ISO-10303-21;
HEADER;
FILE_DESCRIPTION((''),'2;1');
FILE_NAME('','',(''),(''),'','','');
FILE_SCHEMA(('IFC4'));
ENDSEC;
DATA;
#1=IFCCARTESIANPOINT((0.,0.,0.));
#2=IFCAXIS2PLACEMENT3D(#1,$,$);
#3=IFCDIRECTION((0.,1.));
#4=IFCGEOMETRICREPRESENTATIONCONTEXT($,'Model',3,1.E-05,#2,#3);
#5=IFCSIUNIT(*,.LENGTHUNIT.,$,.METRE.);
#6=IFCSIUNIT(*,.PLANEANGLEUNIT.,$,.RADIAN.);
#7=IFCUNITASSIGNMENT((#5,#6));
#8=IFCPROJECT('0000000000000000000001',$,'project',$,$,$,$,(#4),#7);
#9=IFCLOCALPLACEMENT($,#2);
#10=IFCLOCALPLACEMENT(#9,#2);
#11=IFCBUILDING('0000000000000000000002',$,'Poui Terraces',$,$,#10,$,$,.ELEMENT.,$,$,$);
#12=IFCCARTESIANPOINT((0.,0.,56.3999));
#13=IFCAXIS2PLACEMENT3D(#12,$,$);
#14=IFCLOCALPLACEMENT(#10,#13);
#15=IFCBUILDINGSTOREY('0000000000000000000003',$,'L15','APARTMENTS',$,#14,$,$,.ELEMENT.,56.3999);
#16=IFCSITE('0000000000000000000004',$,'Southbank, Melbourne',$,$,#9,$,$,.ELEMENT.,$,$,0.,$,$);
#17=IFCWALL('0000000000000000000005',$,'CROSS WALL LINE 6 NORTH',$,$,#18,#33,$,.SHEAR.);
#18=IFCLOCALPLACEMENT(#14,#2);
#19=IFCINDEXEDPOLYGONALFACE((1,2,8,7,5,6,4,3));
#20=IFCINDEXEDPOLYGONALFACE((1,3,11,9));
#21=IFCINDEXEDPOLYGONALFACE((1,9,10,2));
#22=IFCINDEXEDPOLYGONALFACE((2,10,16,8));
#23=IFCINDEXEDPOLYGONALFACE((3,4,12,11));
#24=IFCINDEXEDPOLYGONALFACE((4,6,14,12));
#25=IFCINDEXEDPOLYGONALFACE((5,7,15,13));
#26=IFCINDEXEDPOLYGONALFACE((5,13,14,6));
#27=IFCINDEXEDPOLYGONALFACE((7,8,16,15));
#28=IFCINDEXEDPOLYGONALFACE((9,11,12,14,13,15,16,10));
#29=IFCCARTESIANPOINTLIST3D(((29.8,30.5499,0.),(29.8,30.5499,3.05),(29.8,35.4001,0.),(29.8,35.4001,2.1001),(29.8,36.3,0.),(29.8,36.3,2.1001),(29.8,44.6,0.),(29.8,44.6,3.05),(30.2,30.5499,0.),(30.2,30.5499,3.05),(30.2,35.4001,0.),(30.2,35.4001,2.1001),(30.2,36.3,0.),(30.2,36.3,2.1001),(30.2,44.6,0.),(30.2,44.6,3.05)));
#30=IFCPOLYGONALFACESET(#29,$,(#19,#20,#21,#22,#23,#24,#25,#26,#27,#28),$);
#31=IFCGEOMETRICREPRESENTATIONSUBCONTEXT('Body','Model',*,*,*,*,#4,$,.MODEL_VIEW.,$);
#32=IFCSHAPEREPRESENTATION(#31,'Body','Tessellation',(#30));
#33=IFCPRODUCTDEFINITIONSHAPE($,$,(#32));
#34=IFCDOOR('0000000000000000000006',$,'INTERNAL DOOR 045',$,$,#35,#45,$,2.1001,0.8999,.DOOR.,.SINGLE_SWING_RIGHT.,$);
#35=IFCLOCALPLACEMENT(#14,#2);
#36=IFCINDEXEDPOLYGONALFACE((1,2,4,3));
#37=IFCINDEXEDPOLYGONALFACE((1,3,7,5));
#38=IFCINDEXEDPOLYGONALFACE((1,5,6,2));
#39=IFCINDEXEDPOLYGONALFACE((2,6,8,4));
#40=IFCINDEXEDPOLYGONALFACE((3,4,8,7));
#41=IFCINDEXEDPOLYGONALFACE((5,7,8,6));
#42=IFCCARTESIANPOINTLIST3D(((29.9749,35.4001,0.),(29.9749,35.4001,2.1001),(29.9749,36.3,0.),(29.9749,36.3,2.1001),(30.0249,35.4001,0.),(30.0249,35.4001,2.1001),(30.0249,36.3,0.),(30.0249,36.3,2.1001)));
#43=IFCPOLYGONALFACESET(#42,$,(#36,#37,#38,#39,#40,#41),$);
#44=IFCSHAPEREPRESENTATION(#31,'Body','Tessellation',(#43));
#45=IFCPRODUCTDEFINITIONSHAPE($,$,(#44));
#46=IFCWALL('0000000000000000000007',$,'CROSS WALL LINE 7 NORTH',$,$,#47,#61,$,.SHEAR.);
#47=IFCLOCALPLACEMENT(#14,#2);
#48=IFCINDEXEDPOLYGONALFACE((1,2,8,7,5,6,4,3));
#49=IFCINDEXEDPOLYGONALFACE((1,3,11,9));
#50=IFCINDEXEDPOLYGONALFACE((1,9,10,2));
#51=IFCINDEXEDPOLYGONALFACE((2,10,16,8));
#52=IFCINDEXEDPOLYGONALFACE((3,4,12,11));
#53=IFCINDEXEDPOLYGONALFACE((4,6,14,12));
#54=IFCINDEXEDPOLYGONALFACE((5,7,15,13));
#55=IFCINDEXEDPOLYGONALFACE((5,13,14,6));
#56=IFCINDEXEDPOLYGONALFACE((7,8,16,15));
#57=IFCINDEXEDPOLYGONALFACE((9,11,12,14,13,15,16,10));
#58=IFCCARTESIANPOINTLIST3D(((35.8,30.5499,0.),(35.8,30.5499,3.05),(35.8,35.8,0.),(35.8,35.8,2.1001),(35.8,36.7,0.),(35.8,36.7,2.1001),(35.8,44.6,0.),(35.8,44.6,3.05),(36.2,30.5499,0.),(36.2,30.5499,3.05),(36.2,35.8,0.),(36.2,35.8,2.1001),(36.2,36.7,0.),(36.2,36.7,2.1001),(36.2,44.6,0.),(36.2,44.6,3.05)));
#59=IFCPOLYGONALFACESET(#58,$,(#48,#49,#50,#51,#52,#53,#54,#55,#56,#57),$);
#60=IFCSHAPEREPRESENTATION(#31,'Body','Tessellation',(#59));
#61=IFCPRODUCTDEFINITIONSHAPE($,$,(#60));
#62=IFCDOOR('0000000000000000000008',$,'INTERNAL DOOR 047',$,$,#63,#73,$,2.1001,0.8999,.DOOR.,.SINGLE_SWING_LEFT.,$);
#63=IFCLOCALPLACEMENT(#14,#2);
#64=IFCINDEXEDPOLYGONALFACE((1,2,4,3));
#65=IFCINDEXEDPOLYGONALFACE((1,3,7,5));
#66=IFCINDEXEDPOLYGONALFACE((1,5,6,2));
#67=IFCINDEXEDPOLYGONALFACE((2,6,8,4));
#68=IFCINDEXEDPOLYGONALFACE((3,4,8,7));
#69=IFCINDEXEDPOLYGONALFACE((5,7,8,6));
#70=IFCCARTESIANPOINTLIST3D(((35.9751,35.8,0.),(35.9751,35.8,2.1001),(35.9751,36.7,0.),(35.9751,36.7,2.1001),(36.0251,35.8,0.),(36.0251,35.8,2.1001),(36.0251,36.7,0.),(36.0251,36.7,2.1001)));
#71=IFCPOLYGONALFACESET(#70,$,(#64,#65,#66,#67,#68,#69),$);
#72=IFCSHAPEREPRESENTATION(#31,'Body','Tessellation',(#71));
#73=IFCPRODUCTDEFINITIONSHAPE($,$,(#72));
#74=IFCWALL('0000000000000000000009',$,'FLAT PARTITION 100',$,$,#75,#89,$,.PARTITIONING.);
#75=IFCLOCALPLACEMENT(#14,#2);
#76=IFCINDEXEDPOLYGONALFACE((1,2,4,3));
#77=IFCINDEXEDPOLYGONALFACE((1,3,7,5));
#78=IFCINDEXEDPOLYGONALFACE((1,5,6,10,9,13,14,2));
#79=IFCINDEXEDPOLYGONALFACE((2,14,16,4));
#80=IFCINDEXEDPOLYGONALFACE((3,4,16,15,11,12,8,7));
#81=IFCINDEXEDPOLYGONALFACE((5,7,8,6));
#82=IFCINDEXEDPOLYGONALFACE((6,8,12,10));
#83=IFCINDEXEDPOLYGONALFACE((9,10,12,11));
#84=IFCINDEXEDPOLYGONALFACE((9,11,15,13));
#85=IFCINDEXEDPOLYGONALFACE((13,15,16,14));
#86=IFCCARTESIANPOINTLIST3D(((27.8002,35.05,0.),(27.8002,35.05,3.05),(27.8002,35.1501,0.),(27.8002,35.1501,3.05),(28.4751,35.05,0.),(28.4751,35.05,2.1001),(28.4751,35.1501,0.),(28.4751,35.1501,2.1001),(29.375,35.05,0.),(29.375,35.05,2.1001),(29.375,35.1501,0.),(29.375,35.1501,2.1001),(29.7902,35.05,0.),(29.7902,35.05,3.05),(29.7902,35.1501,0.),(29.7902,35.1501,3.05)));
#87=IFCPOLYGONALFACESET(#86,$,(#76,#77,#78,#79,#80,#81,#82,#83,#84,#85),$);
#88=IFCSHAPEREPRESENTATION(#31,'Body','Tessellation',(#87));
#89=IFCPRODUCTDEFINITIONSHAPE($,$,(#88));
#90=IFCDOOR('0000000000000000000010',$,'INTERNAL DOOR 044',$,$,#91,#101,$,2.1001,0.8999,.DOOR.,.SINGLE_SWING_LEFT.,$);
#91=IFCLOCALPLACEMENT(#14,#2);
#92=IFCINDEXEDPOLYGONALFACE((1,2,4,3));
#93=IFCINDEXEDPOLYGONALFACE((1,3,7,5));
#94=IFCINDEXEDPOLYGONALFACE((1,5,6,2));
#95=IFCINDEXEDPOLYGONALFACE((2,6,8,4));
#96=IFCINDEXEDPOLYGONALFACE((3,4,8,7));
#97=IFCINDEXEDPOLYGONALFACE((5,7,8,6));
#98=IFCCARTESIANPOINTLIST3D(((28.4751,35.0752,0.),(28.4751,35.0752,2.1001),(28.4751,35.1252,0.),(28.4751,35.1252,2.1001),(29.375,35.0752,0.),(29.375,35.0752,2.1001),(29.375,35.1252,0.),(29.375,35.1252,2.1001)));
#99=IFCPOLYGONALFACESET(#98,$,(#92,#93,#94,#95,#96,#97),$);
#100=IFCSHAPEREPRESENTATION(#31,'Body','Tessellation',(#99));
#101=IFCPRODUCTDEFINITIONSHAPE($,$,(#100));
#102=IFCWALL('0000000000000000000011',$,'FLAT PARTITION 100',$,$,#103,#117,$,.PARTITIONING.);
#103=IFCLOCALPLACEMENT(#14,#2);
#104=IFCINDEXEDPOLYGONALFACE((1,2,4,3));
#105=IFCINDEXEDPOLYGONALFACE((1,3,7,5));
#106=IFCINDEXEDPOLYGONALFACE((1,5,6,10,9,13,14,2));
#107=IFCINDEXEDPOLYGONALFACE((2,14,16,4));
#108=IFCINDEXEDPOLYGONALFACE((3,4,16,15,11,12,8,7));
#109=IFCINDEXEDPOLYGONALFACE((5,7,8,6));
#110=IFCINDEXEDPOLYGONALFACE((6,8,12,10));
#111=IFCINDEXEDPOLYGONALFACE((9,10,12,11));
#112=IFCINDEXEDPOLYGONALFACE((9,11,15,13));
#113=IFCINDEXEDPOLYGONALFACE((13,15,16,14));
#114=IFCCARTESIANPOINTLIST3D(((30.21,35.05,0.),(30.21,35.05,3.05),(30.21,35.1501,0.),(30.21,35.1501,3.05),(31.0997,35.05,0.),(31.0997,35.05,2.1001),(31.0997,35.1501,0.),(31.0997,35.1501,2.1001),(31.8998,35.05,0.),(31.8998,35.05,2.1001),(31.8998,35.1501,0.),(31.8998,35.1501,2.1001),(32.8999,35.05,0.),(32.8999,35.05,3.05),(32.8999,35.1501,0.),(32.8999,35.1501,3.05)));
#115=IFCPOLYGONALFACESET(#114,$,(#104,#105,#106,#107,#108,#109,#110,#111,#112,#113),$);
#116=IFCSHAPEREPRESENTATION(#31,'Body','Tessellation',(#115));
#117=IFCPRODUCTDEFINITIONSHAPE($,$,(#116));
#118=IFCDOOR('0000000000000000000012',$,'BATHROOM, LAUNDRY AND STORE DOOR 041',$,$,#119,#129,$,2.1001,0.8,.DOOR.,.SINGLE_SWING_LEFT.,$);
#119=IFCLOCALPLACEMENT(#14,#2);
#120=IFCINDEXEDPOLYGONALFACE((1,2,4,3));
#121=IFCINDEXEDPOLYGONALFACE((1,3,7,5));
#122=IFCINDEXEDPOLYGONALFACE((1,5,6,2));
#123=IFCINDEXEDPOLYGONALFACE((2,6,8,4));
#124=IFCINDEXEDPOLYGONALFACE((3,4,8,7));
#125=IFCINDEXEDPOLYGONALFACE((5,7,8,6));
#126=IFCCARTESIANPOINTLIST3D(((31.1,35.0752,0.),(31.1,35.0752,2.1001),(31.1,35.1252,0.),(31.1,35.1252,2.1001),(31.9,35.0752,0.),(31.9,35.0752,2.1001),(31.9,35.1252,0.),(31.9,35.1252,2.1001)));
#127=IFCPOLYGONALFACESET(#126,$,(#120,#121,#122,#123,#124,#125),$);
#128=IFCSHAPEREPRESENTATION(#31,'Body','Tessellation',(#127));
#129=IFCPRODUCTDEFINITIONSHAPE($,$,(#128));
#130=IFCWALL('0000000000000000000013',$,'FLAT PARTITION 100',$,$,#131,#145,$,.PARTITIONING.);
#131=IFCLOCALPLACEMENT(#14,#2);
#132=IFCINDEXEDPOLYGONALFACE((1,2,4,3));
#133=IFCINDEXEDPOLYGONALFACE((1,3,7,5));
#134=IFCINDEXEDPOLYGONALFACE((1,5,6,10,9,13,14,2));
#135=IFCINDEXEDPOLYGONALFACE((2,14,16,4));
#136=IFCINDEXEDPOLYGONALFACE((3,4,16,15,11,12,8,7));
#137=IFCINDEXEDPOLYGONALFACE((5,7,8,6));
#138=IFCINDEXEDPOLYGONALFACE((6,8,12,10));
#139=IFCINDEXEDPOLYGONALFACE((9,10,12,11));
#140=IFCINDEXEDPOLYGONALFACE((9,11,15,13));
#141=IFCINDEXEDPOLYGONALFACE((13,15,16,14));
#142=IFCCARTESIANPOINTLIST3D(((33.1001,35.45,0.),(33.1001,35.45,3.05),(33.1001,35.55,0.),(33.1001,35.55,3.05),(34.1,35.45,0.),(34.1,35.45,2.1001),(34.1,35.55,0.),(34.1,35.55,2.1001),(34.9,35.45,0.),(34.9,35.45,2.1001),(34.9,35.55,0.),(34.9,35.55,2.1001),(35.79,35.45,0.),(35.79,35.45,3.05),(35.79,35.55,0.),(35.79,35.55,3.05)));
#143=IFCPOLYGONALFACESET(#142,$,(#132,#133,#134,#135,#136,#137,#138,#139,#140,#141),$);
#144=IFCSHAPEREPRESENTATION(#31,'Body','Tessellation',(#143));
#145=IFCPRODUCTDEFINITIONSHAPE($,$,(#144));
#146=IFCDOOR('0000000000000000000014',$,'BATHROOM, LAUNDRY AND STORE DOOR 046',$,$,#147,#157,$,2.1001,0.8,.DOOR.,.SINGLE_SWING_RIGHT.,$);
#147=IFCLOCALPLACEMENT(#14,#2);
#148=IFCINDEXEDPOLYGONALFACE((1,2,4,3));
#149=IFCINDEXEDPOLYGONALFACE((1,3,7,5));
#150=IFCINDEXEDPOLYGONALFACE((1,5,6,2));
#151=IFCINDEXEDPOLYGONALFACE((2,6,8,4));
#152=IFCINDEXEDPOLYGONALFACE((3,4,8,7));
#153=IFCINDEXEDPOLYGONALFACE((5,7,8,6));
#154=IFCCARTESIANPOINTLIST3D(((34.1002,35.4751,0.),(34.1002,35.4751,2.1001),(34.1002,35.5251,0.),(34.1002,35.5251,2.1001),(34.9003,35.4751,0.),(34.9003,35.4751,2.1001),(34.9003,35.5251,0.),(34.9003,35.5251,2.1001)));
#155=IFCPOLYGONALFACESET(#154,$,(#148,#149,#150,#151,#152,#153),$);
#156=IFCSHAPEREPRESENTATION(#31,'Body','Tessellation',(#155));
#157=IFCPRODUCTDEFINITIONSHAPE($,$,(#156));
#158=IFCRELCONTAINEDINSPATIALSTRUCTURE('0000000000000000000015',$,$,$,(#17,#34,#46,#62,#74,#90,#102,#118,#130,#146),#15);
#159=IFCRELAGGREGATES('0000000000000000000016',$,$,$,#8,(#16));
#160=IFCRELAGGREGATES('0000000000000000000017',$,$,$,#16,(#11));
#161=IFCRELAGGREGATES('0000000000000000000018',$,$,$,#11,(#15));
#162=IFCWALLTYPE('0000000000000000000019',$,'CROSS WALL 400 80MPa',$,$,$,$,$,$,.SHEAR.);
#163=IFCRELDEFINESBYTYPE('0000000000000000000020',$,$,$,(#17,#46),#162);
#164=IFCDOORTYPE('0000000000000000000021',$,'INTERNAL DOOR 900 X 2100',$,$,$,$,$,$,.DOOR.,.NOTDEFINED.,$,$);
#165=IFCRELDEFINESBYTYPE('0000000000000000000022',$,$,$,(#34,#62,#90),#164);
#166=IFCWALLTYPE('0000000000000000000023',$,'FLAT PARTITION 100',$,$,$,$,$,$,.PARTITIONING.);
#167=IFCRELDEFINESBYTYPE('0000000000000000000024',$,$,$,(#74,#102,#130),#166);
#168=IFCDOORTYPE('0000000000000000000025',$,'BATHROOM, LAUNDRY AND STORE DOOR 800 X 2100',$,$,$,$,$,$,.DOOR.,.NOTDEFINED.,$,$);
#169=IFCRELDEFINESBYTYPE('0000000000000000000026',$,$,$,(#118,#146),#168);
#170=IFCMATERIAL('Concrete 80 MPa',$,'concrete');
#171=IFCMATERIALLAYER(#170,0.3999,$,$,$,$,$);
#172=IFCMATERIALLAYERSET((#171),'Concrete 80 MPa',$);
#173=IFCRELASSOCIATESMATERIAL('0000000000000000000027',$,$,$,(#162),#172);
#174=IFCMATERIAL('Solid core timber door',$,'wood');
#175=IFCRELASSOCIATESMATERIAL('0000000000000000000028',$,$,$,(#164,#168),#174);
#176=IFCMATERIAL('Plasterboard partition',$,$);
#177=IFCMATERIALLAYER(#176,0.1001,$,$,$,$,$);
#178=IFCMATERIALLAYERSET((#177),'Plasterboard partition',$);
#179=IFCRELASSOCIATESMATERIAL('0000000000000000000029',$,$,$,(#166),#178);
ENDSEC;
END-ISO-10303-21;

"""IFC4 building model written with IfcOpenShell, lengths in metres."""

from ifc_helpers import new_model, si_unit, direction, frame, frame_2d, origin, place, context, subcontext, project, spatial, rectangle, extrude, material, layer, layer_set, type_object, element, fill, save


model = new_model("IFC4")

# Units and contexts
model_context = context("Model", 3, precision=1e-05, world=origin(), true_north=direction((0.0, 1.0)))
body_context = subcontext(model_context, "Body", "Model", "MODEL_VIEW")
ifc_project = project(units=[si_unit("LENGTHUNIT", "METRE"), si_unit("PLANEANGLEUNIT", "RADIAN")], contexts=[model_context])

# Site, building, storey
site_placement = place(None, origin())
site = spatial("IfcSite", under=ifc_project, at=site_placement, Name="Southbank, Melbourne", CompositionType="ELEMENT", RefElevation=0.0)
building_placement = place(site_placement, origin())
building = spatial("IfcBuilding", under=site, at=building_placement, Name="Poui Terraces", CompositionType="ELEMENT")
storey_placement = place(building_placement, frame((0.0, 0.0, 56.3999)))
storey = spatial("IfcBuildingStorey", under=building, at=storey_placement, Name="L15", Description="APARTMENTS", CompositionType="ELEMENT", Elevation=56.3999)

# Walls, openings, doors
ifc_material_1 = material(Name="Concrete 80 MPa", Category="concrete")
ifc_layer_1 = layer(ifc_material_1, 0.3999)
ifc_layer_set_1 = layer_set([ifc_layer_1], Name="Concrete 80 MPa")
wall_type_1 = type_object("IfcWallType", Name="CROSS WALL 400 80MPa", PredefinedType="SHEAR", material=ifc_layer_set_1)
wall_1_placement = place(storey_placement, frame((30.0, 30.55, 0.0), z_axis=(0.0, 0.0, 1.0), x_axis=(0.0, 1.0, 0.0)))
wall_1 = element("IfcWall", 1, at=wall_1_placement, inside=storey, type_object=wall_type_1, Name="CROSS WALL LINE 6 NORTH", PredefinedType="SHEAR", context=body_context, shape_type="SweptSolid", body=[
    extrude(rectangle(XDim=14.05, YDim=0.3999, at=frame_2d((7.0249, 0.0))), origin(), (0.0, 0.0, 1.0), 3.05),
])
opening_1_placement = place(wall_1_placement, frame((4.8501, 0.0, 0.0)))
opening_1 = element("IfcOpeningElement", 2, at=opening_1_placement, cuts=wall_1, PredefinedType="OPENING", context=body_context, shape_type="SweptSolid", body=[
    extrude(rectangle(XDim=0.8999, YDim=2.1001, at=frame_2d((0.45, 1.05))), frame((0.0, 0.21, 0.0), z_axis=(0.0, -1.0, 0.0), x_axis=(1.0, 0.0, 0.0)), (0.0, 0.0, 1.0), 0.4199),
])
ifc_material_2 = material(Name="Solid core timber door", Category="wood")
door_type_1 = type_object("IfcDoorType", Name="INTERNAL DOOR 900 X 2100", OperationType="NOTDEFINED", PredefinedType="DOOR", material=ifc_material_2)
door_1_placement = place(opening_1_placement, frame((0.8999, 0.0, 0.0), z_axis=(0.0, 0.0, 1.0), x_axis=(-1.0, 0.0, 0.0)))
door_1 = element("IfcDoor", 3, at=door_1_placement, inside=storey, type_object=door_type_1, Name="INTERNAL DOOR 045", OperationType="SINGLE_SWING_RIGHT", OverallHeight=2.1001, OverallWidth=0.8999, PredefinedType="DOOR", context=body_context, shape_type="SweptSolid", body=[
    extrude(rectangle(XDim=0.8999, YDim=2.1001, at=frame_2d((0.45, 1.05))), frame((0.0, 0.0249, 0.0), z_axis=(0.0, -1.0, 0.0), x_axis=(1.0, 0.0, 0.0)), (0.0, 0.0, 1.0), 0.05),
])
fill(opening_1, door_1)
wall_2_placement = place(storey_placement, frame((36.0, 30.55, 0.0), z_axis=(0.0, 0.0, 1.0), x_axis=(0.0, 1.0, 0.0)))
wall_2 = element("IfcWall", 4, at=wall_2_placement, inside=storey, type_object=wall_type_1, Name="CROSS WALL LINE 7 NORTH", PredefinedType="SHEAR", context=body_context, shape_type="SweptSolid", body=[
    extrude(rectangle(XDim=14.05, YDim=0.3999, at=frame_2d((7.0249, 0.0))), origin(), (0.0, 0.0, 1.0), 3.05),
])
opening_2_placement = place(wall_2_placement, frame((5.25, 0.0, 0.0)))
opening_2 = element("IfcOpeningElement", 5, at=opening_2_placement, cuts=wall_2, PredefinedType="OPENING", context=body_context, shape_type="SweptSolid", body=[
    extrude(rectangle(XDim=0.8999, YDim=2.1001, at=frame_2d((0.45, 1.05))), frame((0.0, 0.21, 0.0), z_axis=(0.0, -1.0, 0.0), x_axis=(1.0, 0.0, 0.0)), (0.0, 0.0, 1.0), 0.4199),
])
door_2_placement = place(opening_2_placement, origin())
door_2 = element("IfcDoor", 6, at=door_2_placement, inside=storey, type_object=door_type_1, Name="INTERNAL DOOR 047", OperationType="SINGLE_SWING_LEFT", OverallHeight=2.1001, OverallWidth=0.8999, PredefinedType="DOOR", context=body_context, shape_type="SweptSolid", body=[
    extrude(rectangle(XDim=0.8999, YDim=2.1001, at=frame_2d((0.45, 1.05))), frame((0.0, 0.0249, 0.0), z_axis=(0.0, -1.0, 0.0), x_axis=(1.0, 0.0, 0.0)), (0.0, 0.0, 1.0), 0.05),
])
fill(opening_2, door_2)
ifc_material_3 = material(Name="Plasterboard partition")
ifc_layer_2 = layer(ifc_material_3, 0.1001)
ifc_layer_set_2 = layer_set([ifc_layer_2], Name="Plasterboard partition")
wall_type_2 = type_object("IfcWallType", Name="FLAT PARTITION 100", PredefinedType="PARTITIONING", material=ifc_layer_set_2)
wall_3_placement = place(storey_placement, frame((27.8, 35.1001, 0.0), z_axis=(0.0, 0.0, 1.0), x_axis=(1.0, 0.0, 0.0)))
wall_3 = element("IfcWall", 7, at=wall_3_placement, inside=storey, type_object=wall_type_2, Name="FLAT PARTITION 100", PredefinedType="PARTITIONING", context=body_context, shape_type="SweptSolid", body=[
    extrude(rectangle(XDim=1.99, YDim=0.1001, at=frame_2d((0.9951, 0.0))), origin(), (0.0, 0.0, 1.0), 3.05),
])
opening_3_placement = place(wall_3_placement, frame((0.675, 0.0, 0.0)))
opening_3 = element("IfcOpeningElement", 8, at=opening_3_placement, cuts=wall_3, PredefinedType="OPENING", context=body_context, shape_type="SweptSolid", body=[
    extrude(rectangle(XDim=0.8999, YDim=2.1001, at=frame_2d((0.45, 1.05))), frame((0.0, 0.0601, 0.0), z_axis=(0.0, -1.0, 0.0), x_axis=(1.0, 0.0, 0.0)), (0.0, 0.0, 1.0), 0.1201),
])
door_3_placement = place(opening_3_placement, frame((0.8999, 0.0, 0.0), z_axis=(0.0, 0.0, 1.0), x_axis=(-1.0, 0.0, 0.0)))
door_3 = element("IfcDoor", 9, at=door_3_placement, inside=storey, type_object=door_type_1, Name="INTERNAL DOOR 044", OperationType="SINGLE_SWING_LEFT", OverallHeight=2.1001, OverallWidth=0.8999, PredefinedType="DOOR", context=body_context, shape_type="SweptSolid", body=[
    extrude(rectangle(XDim=0.8999, YDim=2.1001, at=frame_2d((0.45, 1.05))), frame((0.0, 0.0249, 0.0), z_axis=(0.0, -1.0, 0.0), x_axis=(1.0, 0.0, 0.0)), (0.0, 0.0, 1.0), 0.05),
])
fill(opening_3, door_3)
wall_4_placement = place(storey_placement, frame((30.21, 35.1001, 0.0), z_axis=(0.0, 0.0, 1.0), x_axis=(1.0, 0.0, 0.0)))
wall_4 = element("IfcWall", 10, at=wall_4_placement, inside=storey, type_object=wall_type_2, Name="FLAT PARTITION 100", PredefinedType="PARTITIONING", context=body_context, shape_type="SweptSolid", body=[
    extrude(rectangle(XDim=2.6899, YDim=0.1001, at=frame_2d((1.345, 0.0))), origin(), (0.0, 0.0, 1.0), 3.05),
])
opening_4_placement = place(wall_4_placement, frame((0.8899, 0.0, 0.0)))
opening_4 = element("IfcOpeningElement", 11, at=opening_4_placement, cuts=wall_4, PredefinedType="OPENING", context=body_context, shape_type="SweptSolid", body=[
    extrude(rectangle(XDim=0.8, YDim=2.1001, at=frame_2d((0.3999, 1.05))), frame((0.0, 0.0601, 0.0), z_axis=(0.0, -1.0, 0.0), x_axis=(1.0, 0.0, 0.0)), (0.0, 0.0, 1.0), 0.1201),
])
door_type_2 = type_object("IfcDoorType", Name="BATHROOM, LAUNDRY AND STORE DOOR 800 X 2100", OperationType="NOTDEFINED", PredefinedType="DOOR", material=ifc_material_2)
door_4_placement = place(opening_4_placement, frame((0.8, 0.0, 0.0), z_axis=(0.0, 0.0, 1.0), x_axis=(-1.0, 0.0, 0.0)))
door_4 = element("IfcDoor", 12, at=door_4_placement, inside=storey, type_object=door_type_2, Name="BATHROOM, LAUNDRY AND STORE DOOR 041", OperationType="SINGLE_SWING_LEFT", OverallHeight=2.1001, OverallWidth=0.8, PredefinedType="DOOR", context=body_context, shape_type="SweptSolid", body=[
    extrude(rectangle(XDim=0.8, YDim=2.1001, at=frame_2d((0.3999, 1.05))), frame((0.0, 0.0249, 0.0), z_axis=(0.0, -1.0, 0.0), x_axis=(1.0, 0.0, 0.0)), (0.0, 0.0, 1.0), 0.05),
])
fill(opening_4, door_4)
wall_5_placement = place(storey_placement, frame((33.1001, 35.5, 0.0), z_axis=(0.0, 0.0, 1.0), x_axis=(1.0, 0.0, 0.0)))
wall_5 = element("IfcWall", 13, at=wall_5_placement, inside=storey, type_object=wall_type_2, Name="FLAT PARTITION 100", PredefinedType="PARTITIONING", context=body_context, shape_type="SweptSolid", body=[
    extrude(rectangle(XDim=2.6899, YDim=0.1001, at=frame_2d((1.345, 0.0))), origin(), (0.0, 0.0, 1.0), 3.05),
])
opening_5_placement = place(wall_5_placement, frame((1.0, 0.0, 0.0)))
opening_5 = element("IfcOpeningElement", 14, at=opening_5_placement, cuts=wall_5, PredefinedType="OPENING", context=body_context, shape_type="SweptSolid", body=[
    extrude(rectangle(XDim=0.8, YDim=2.1001, at=frame_2d((0.3999, 1.05))), frame((0.0, 0.0601, 0.0), z_axis=(0.0, -1.0, 0.0), x_axis=(1.0, 0.0, 0.0)), (0.0, 0.0, 1.0), 0.1201),
])
door_5_placement = place(opening_5_placement, frame((0.8, 0.0, 0.0), z_axis=(0.0, 0.0, 1.0), x_axis=(-1.0, 0.0, 0.0)))
door_5 = element("IfcDoor", 15, at=door_5_placement, inside=storey, type_object=door_type_2, Name="BATHROOM, LAUNDRY AND STORE DOOR 046", OperationType="SINGLE_SWING_RIGHT", OverallHeight=2.1001, OverallWidth=0.8, PredefinedType="DOOR", context=body_context, shape_type="SweptSolid", body=[
    extrude(rectangle(XDim=0.8, YDim=2.1001, at=frame_2d((0.3999, 1.05))), frame((0.0, 0.0249, 0.0), z_axis=(0.0, -1.0, 0.0), x_axis=(1.0, 0.0, 0.0)), (0.0, 0.0, 1.0), 0.05),
])
fill(opening_5, door_5)

save(model, "model.ifc")
